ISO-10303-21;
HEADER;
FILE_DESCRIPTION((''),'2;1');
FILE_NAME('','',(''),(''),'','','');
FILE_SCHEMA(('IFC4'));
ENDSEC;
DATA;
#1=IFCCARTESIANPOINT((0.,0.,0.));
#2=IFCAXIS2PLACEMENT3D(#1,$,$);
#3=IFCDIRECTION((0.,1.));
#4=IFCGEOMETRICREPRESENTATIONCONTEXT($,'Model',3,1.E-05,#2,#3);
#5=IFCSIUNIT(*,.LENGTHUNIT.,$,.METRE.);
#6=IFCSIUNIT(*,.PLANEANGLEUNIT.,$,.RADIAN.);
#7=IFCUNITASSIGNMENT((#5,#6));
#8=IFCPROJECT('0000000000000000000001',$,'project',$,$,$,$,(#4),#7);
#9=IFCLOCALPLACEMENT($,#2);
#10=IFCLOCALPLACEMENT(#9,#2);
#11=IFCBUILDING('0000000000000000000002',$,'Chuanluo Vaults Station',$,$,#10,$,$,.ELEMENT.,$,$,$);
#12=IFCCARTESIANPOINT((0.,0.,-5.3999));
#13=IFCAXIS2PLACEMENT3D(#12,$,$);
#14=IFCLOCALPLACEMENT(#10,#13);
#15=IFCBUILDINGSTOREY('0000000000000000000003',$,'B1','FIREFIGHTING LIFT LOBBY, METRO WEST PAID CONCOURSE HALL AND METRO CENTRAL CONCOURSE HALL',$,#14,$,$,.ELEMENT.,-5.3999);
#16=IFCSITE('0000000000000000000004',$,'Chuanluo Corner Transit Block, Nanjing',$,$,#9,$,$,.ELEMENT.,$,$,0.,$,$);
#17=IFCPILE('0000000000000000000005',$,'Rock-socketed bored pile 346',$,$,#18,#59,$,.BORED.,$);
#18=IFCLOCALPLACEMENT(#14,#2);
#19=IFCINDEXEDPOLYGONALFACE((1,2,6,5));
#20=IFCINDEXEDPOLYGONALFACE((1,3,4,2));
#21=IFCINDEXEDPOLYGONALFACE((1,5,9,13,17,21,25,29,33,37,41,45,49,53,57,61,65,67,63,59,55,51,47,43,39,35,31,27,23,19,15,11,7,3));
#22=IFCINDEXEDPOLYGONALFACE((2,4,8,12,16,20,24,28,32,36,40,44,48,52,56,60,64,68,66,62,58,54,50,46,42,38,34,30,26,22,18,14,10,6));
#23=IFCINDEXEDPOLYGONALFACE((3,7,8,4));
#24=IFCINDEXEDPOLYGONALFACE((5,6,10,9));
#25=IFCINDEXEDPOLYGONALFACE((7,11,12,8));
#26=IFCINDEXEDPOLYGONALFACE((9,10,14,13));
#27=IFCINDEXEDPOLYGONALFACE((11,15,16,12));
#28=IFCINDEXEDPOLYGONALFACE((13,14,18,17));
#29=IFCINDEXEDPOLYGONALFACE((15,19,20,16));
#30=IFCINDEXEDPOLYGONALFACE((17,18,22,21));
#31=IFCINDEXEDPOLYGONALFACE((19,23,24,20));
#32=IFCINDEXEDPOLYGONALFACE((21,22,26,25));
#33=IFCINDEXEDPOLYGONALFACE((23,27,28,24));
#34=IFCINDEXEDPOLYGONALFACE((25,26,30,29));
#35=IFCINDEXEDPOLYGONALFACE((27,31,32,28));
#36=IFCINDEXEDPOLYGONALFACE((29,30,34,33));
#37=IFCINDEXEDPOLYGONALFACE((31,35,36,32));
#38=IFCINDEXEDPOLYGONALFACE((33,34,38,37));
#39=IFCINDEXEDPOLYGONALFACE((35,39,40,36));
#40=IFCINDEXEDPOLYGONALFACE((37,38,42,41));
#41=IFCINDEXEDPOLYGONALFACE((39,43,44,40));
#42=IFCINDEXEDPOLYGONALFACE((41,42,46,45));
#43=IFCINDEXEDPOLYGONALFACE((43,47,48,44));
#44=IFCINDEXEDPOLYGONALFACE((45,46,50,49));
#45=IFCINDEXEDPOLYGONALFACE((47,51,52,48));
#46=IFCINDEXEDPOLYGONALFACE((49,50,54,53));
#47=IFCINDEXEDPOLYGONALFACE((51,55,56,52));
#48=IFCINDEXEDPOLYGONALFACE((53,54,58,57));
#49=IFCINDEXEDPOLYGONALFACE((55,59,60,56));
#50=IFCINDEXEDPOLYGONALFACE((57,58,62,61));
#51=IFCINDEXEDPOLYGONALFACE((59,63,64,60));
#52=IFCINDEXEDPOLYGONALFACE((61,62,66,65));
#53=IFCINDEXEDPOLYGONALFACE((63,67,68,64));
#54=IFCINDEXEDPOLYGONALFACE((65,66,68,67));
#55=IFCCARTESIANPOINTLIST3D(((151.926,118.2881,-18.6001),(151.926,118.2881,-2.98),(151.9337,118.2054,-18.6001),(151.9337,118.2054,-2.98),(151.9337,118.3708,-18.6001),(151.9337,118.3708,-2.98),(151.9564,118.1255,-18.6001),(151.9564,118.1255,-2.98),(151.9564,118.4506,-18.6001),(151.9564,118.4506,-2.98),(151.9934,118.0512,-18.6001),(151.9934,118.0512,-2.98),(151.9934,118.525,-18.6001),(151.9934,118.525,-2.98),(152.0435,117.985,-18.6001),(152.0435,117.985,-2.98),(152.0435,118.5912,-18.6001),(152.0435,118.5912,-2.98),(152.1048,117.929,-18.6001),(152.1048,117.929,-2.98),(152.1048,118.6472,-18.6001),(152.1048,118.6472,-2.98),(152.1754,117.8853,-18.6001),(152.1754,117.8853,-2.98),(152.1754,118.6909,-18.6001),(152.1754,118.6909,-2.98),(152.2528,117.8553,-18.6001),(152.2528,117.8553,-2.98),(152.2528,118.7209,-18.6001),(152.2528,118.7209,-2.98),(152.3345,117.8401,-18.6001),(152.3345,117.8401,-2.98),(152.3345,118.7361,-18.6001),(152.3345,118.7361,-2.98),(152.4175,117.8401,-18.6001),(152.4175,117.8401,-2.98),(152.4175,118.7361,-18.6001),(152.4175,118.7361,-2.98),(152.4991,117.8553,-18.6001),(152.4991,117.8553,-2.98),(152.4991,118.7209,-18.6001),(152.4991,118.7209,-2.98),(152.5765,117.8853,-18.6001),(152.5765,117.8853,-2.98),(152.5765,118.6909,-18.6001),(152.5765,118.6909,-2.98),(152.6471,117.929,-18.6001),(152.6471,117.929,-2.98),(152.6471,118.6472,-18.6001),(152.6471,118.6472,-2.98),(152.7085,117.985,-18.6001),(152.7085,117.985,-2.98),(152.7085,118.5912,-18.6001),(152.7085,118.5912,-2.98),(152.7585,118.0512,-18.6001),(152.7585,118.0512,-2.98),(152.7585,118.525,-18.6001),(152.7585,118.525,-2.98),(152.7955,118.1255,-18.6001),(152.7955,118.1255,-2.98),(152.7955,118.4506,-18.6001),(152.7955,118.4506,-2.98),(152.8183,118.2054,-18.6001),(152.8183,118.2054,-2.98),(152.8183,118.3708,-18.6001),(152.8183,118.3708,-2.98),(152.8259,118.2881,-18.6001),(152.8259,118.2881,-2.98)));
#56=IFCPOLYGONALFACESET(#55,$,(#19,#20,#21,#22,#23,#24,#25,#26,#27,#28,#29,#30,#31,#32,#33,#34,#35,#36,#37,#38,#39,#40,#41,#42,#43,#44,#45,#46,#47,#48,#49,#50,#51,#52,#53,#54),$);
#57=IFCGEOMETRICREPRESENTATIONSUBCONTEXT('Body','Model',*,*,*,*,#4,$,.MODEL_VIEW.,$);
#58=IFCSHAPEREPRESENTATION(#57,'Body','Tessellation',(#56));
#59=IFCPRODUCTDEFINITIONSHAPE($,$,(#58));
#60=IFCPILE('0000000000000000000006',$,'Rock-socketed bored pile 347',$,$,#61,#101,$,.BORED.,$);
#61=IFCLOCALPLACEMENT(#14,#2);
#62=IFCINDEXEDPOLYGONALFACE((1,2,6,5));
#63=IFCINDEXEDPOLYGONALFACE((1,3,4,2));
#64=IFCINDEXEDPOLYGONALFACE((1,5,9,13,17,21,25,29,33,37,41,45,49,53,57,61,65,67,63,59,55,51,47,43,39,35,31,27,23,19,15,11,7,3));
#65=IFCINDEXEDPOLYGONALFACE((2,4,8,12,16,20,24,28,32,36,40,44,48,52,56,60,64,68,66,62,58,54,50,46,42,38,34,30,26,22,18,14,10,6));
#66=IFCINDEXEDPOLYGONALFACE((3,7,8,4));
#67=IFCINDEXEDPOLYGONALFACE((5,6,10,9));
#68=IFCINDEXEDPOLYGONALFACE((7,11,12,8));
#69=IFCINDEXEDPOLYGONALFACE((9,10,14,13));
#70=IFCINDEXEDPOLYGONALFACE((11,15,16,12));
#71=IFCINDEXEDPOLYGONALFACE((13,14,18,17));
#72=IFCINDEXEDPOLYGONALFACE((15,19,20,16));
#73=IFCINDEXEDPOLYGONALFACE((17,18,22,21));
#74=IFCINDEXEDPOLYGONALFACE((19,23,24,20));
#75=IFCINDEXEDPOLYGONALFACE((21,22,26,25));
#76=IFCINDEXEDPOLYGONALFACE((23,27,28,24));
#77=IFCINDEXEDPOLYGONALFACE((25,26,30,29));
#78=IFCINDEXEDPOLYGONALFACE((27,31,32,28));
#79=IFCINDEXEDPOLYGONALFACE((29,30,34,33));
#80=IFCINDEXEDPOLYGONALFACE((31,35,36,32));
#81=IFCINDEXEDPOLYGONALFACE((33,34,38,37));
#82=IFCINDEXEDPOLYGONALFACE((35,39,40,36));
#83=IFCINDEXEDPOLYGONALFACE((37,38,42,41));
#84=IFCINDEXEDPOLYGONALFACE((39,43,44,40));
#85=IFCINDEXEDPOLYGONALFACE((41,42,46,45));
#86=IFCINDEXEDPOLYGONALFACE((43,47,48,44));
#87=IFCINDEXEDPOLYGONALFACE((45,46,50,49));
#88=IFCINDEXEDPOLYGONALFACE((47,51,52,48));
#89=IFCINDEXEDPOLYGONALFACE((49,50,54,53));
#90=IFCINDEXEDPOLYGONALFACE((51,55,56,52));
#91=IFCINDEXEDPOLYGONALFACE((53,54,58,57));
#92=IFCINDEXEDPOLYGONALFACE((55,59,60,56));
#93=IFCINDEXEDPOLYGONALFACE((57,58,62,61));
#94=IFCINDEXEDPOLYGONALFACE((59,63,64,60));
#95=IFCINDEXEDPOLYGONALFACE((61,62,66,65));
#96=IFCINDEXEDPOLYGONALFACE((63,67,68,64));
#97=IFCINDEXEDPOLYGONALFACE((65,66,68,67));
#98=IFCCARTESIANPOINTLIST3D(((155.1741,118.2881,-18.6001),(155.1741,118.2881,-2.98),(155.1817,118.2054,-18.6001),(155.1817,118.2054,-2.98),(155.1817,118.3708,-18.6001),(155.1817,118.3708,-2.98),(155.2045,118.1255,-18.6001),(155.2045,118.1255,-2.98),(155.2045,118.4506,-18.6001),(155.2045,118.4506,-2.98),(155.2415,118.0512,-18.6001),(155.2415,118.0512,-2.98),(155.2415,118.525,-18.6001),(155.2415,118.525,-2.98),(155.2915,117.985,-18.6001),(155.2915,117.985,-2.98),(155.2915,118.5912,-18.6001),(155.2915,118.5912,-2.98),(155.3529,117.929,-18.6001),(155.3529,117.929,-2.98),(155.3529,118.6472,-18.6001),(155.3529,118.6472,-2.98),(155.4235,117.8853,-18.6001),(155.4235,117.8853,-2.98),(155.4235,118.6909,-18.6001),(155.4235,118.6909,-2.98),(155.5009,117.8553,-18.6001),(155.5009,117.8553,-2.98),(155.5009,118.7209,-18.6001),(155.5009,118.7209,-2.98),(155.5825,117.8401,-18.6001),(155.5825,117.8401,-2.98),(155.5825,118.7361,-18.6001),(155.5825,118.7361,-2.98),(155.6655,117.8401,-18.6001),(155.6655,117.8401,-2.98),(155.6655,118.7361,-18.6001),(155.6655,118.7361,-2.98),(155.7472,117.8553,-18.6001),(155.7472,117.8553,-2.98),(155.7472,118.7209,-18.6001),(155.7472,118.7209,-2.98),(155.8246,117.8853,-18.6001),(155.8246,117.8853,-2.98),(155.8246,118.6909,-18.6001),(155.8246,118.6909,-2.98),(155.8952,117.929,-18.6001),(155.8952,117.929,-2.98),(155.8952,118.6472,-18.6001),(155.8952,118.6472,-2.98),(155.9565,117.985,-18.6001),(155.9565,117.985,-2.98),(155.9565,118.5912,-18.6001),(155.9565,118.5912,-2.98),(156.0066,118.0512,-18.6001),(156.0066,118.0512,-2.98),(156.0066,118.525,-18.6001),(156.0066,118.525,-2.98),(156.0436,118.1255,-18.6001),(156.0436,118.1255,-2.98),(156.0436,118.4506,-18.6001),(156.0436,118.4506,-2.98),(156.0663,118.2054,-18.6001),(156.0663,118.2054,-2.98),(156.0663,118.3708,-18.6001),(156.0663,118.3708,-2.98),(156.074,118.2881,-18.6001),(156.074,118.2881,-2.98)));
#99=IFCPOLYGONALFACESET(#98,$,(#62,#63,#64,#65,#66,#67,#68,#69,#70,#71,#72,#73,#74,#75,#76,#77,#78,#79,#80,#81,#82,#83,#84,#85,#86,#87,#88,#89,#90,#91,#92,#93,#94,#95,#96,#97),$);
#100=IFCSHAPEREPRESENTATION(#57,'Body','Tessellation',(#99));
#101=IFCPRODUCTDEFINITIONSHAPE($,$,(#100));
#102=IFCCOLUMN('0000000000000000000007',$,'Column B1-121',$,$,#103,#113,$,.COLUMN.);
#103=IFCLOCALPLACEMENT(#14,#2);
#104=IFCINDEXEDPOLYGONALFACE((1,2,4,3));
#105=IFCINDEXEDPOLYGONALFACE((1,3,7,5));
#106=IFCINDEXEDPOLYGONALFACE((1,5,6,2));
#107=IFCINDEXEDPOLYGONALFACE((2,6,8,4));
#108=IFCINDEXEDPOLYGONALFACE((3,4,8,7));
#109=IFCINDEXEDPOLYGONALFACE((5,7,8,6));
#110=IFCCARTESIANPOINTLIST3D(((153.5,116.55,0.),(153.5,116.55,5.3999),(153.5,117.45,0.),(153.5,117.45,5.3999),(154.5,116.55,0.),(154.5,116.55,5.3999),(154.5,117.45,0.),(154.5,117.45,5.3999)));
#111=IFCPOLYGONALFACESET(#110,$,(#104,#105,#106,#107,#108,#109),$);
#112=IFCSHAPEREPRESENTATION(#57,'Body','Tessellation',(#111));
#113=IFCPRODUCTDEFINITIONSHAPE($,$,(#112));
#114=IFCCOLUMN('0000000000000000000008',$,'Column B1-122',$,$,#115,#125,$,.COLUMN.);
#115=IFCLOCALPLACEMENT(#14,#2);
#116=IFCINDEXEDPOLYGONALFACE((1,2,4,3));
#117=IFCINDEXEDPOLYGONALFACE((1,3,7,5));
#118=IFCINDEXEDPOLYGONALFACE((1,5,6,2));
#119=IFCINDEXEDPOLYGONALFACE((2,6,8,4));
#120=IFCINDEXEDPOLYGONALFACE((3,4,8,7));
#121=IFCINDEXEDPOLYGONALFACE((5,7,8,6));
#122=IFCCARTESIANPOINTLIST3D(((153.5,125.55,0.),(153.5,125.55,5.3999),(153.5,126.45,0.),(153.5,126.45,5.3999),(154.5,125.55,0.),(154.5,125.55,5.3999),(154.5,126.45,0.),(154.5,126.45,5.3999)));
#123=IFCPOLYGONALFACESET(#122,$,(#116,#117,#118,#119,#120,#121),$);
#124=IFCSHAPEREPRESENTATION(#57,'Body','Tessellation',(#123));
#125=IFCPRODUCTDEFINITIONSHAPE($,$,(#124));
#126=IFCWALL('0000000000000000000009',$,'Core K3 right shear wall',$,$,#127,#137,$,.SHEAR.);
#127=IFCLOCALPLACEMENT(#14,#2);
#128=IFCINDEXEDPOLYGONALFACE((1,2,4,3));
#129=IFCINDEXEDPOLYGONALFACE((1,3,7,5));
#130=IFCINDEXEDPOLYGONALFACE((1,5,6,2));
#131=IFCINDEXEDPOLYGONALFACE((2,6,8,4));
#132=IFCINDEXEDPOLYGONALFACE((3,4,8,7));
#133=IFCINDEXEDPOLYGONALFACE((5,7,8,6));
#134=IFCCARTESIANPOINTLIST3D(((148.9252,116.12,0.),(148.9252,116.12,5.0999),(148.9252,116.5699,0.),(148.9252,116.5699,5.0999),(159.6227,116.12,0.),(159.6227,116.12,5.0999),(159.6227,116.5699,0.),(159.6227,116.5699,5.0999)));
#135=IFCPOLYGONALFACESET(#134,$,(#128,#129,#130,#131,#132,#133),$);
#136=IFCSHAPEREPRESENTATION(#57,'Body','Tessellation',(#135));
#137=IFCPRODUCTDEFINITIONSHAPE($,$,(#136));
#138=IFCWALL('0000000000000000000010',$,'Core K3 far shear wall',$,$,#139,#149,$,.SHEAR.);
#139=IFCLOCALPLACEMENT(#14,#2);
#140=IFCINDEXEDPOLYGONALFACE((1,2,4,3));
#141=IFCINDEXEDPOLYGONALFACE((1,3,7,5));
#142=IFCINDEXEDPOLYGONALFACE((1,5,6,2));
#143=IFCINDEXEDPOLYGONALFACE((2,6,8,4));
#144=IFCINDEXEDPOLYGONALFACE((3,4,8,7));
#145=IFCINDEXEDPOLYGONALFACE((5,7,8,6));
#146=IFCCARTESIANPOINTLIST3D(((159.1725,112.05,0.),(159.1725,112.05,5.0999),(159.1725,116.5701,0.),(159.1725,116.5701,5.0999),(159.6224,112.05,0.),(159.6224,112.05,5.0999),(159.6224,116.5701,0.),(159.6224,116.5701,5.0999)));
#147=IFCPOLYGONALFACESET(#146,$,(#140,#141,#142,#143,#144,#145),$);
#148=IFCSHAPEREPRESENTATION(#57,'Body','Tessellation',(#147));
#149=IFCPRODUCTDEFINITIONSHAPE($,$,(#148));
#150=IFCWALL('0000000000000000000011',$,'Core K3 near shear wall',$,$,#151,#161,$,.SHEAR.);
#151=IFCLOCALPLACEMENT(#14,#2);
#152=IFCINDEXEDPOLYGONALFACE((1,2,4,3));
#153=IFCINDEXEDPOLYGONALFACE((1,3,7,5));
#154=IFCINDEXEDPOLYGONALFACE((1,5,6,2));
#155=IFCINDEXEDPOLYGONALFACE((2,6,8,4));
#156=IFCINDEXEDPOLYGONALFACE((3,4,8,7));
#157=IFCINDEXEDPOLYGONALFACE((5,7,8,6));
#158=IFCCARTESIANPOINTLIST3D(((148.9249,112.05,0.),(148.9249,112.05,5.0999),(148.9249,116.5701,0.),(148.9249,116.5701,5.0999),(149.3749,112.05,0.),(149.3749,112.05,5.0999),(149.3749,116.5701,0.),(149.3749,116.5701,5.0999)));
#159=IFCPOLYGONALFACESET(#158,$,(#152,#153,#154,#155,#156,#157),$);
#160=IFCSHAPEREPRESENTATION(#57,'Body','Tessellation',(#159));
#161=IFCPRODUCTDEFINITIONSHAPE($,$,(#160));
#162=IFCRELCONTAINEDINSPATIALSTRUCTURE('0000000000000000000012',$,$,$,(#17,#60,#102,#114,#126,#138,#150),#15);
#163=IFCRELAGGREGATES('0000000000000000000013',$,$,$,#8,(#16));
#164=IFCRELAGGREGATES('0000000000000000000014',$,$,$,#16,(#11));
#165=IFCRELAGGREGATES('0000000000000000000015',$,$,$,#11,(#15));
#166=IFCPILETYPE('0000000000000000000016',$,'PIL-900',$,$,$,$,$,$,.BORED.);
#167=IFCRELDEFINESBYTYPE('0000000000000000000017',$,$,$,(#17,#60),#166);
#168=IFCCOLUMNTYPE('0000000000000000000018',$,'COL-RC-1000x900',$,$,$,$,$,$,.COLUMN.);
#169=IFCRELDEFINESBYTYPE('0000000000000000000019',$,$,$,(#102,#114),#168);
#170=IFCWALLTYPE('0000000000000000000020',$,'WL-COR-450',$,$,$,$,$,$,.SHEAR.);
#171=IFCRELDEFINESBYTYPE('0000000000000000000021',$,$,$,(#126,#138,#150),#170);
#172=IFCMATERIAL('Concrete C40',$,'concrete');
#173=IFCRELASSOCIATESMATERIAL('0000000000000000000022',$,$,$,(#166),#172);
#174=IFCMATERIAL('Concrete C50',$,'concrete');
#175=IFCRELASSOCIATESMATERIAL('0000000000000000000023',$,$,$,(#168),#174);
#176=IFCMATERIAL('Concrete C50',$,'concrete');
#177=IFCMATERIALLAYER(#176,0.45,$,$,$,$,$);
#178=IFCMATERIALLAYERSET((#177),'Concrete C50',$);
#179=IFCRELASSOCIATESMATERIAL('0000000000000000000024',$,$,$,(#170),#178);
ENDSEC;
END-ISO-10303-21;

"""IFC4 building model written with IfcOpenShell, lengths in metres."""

from ifc_helpers import new_model, si_unit, direction, frame, frame_2d, origin, origin_2d, place, context, subcontext, project, spatial, rectangle, circle, extrude, material, layer, layer_set, material_profile, profile_set, type_object, element, save


model = new_model("IFC4")

# Units and contexts
model_context = context("Model", 3, precision=1e-05, world=origin(), true_north=direction((0.0, 1.0)))
body_context = subcontext(model_context, "Body", "Model", "MODEL_VIEW")
ifc_project = project(units=[si_unit("LENGTHUNIT", "METRE"), si_unit("PLANEANGLEUNIT", "RADIAN")], contexts=[model_context])

# Site, building, storey
site_placement = place(None, origin())
site = spatial("IfcSite", under=ifc_project, at=site_placement, Name="Chuanluo Corner Transit Block, Nanjing", CompositionType="ELEMENT", RefElevation=0.0)
building_placement = place(site_placement, origin())
building = spatial("IfcBuilding", under=site, at=building_placement, Name="Chuanluo Vaults Station", CompositionType="ELEMENT")
storey_placement = place(building_placement, frame((0.0, 0.0, -5.3999)))
storey = spatial("IfcBuildingStorey", under=building, at=storey_placement, Name="B1", Description="FIREFIGHTING LIFT LOBBY, METRO WEST PAID CONCOURSE HALL AND METRO CENTRAL CONCOURSE HALL", CompositionType="ELEMENT", Elevation=-5.3999)

# Piles
ifc_material_1 = material(Name="Concrete C40", Category="concrete")
ifc_material_profile_1 = material_profile(ifc_material_1, circle(Radius=0.45, at=origin_2d()))
ifc_profile_set_1 = profile_set([ifc_material_profile_1], Name="Concrete C40")
pile_type_1 = type_object("IfcPileType", Name="PIL-900", PredefinedType="BORED", material=ifc_profile_set_1)
for number, where, z_axis, x_axis, name in (
    (1, (152.376, 118.2881, -2.98), (0.0, 0.0, -1.0), (1.0, 0.0, 0.0), "Rock-socketed bored pile 346"),
    (2, (155.624, 118.2881, -2.98), (0.0, 0.0, -1.0), (1.0, 0.0, 0.0), "Rock-socketed bored pile 347"),
):
    element("IfcPile", number, at=place(storey_placement, frame(where, z_axis=z_axis, x_axis=x_axis)), inside=storey, type_object=pile_type_1, Name=name, PredefinedType="BORED", context=body_context, shape_type="SweptSolid", body=[
        extrude(circle(Radius=0.45, at=origin_2d()), origin(), (0.0, 0.0, 1.0), 15.6201),
    ])

# Columns
ifc_material_2 = material(Name="Concrete C50", Category="concrete")
ifc_material_profile_2 = material_profile(ifc_material_2, rectangle(XDim=1.0, YDim=0.8999, at=origin_2d()))
ifc_profile_set_2 = profile_set([ifc_material_profile_2], Name="Concrete C50")
column_type = type_object("IfcColumnType", Name="COL-RC-1000x900", PredefinedType="COLUMN", material=ifc_profile_set_2)
for number, where, z_axis, x_axis, name in (
    (3, (154.0, 117.0, 0.0), (0.0, 0.0, 1.0), (1.0, 0.0, 0.0), "Column B1-121"),
    (4, (154.0, 126.0, 0.0), (0.0, 0.0, 1.0), (1.0, 0.0, 0.0), "Column B1-122"),
):
    element("IfcColumn", number, at=place(storey_placement, frame(where, z_axis=z_axis, x_axis=x_axis)), inside=storey, type_object=column_type, Name=name, PredefinedType="COLUMN", context=body_context, shape_type="SweptSolid", body=[
        extrude(rectangle(XDim=1.0, YDim=0.8999, at=origin_2d()), origin(), (0.0, 0.0, 1.0), 5.3999),
    ])

# Walls
ifc_material_3 = material(Name="Concrete C50", Category="concrete")
ifc_layer = layer(ifc_material_3, 0.45)
ifc_layer_set = layer_set([ifc_layer], Name="Concrete C50")
wall_type = type_object("IfcWallType", Name="WL-COR-450", PredefinedType="SHEAR", material=ifc_layer_set)
wall_placement = place(storey_placement, frame((159.6226, 116.345, 0.0), z_axis=(0.0, 0.0, 1.0), x_axis=(-1.0, 0.0, 0.0)))
element("IfcWall", 5, at=wall_placement, inside=storey, type_object=wall_type, Name="Core K3 right shear wall", PredefinedType="SHEAR", context=body_context, shape_type="SweptSolid", body=[
    extrude(rectangle(XDim=10.6975, YDim=0.45, at=frame_2d((5.3486, 0.0))), origin(), (0.0, 0.0, 1.0), 5.0999),
])
for number, where, z_axis, x_axis, name in (
    (6, (159.3975, 112.05, 0.0), (0.0, 0.0, 1.0), (0.0, 1.0, 0.0), "Core K3 far shear wall"),
    (7, (149.1499, 116.5701, 0.0), (0.0, 0.0, 1.0), (0.0, -1.0, 0.0), "Core K3 near shear wall"),
):
    element("IfcWall", number, at=place(storey_placement, frame(where, z_axis=z_axis, x_axis=x_axis)), inside=storey, type_object=wall_type, Name=name, PredefinedType="SHEAR", context=body_context, shape_type="SweptSolid", body=[
        extrude(rectangle(XDim=4.52, YDim=0.45, at=frame_2d((2.26, 0.0))), origin(), (0.0, 0.0, 1.0), 5.0999),
    ])

save(model, "model.ifc")
